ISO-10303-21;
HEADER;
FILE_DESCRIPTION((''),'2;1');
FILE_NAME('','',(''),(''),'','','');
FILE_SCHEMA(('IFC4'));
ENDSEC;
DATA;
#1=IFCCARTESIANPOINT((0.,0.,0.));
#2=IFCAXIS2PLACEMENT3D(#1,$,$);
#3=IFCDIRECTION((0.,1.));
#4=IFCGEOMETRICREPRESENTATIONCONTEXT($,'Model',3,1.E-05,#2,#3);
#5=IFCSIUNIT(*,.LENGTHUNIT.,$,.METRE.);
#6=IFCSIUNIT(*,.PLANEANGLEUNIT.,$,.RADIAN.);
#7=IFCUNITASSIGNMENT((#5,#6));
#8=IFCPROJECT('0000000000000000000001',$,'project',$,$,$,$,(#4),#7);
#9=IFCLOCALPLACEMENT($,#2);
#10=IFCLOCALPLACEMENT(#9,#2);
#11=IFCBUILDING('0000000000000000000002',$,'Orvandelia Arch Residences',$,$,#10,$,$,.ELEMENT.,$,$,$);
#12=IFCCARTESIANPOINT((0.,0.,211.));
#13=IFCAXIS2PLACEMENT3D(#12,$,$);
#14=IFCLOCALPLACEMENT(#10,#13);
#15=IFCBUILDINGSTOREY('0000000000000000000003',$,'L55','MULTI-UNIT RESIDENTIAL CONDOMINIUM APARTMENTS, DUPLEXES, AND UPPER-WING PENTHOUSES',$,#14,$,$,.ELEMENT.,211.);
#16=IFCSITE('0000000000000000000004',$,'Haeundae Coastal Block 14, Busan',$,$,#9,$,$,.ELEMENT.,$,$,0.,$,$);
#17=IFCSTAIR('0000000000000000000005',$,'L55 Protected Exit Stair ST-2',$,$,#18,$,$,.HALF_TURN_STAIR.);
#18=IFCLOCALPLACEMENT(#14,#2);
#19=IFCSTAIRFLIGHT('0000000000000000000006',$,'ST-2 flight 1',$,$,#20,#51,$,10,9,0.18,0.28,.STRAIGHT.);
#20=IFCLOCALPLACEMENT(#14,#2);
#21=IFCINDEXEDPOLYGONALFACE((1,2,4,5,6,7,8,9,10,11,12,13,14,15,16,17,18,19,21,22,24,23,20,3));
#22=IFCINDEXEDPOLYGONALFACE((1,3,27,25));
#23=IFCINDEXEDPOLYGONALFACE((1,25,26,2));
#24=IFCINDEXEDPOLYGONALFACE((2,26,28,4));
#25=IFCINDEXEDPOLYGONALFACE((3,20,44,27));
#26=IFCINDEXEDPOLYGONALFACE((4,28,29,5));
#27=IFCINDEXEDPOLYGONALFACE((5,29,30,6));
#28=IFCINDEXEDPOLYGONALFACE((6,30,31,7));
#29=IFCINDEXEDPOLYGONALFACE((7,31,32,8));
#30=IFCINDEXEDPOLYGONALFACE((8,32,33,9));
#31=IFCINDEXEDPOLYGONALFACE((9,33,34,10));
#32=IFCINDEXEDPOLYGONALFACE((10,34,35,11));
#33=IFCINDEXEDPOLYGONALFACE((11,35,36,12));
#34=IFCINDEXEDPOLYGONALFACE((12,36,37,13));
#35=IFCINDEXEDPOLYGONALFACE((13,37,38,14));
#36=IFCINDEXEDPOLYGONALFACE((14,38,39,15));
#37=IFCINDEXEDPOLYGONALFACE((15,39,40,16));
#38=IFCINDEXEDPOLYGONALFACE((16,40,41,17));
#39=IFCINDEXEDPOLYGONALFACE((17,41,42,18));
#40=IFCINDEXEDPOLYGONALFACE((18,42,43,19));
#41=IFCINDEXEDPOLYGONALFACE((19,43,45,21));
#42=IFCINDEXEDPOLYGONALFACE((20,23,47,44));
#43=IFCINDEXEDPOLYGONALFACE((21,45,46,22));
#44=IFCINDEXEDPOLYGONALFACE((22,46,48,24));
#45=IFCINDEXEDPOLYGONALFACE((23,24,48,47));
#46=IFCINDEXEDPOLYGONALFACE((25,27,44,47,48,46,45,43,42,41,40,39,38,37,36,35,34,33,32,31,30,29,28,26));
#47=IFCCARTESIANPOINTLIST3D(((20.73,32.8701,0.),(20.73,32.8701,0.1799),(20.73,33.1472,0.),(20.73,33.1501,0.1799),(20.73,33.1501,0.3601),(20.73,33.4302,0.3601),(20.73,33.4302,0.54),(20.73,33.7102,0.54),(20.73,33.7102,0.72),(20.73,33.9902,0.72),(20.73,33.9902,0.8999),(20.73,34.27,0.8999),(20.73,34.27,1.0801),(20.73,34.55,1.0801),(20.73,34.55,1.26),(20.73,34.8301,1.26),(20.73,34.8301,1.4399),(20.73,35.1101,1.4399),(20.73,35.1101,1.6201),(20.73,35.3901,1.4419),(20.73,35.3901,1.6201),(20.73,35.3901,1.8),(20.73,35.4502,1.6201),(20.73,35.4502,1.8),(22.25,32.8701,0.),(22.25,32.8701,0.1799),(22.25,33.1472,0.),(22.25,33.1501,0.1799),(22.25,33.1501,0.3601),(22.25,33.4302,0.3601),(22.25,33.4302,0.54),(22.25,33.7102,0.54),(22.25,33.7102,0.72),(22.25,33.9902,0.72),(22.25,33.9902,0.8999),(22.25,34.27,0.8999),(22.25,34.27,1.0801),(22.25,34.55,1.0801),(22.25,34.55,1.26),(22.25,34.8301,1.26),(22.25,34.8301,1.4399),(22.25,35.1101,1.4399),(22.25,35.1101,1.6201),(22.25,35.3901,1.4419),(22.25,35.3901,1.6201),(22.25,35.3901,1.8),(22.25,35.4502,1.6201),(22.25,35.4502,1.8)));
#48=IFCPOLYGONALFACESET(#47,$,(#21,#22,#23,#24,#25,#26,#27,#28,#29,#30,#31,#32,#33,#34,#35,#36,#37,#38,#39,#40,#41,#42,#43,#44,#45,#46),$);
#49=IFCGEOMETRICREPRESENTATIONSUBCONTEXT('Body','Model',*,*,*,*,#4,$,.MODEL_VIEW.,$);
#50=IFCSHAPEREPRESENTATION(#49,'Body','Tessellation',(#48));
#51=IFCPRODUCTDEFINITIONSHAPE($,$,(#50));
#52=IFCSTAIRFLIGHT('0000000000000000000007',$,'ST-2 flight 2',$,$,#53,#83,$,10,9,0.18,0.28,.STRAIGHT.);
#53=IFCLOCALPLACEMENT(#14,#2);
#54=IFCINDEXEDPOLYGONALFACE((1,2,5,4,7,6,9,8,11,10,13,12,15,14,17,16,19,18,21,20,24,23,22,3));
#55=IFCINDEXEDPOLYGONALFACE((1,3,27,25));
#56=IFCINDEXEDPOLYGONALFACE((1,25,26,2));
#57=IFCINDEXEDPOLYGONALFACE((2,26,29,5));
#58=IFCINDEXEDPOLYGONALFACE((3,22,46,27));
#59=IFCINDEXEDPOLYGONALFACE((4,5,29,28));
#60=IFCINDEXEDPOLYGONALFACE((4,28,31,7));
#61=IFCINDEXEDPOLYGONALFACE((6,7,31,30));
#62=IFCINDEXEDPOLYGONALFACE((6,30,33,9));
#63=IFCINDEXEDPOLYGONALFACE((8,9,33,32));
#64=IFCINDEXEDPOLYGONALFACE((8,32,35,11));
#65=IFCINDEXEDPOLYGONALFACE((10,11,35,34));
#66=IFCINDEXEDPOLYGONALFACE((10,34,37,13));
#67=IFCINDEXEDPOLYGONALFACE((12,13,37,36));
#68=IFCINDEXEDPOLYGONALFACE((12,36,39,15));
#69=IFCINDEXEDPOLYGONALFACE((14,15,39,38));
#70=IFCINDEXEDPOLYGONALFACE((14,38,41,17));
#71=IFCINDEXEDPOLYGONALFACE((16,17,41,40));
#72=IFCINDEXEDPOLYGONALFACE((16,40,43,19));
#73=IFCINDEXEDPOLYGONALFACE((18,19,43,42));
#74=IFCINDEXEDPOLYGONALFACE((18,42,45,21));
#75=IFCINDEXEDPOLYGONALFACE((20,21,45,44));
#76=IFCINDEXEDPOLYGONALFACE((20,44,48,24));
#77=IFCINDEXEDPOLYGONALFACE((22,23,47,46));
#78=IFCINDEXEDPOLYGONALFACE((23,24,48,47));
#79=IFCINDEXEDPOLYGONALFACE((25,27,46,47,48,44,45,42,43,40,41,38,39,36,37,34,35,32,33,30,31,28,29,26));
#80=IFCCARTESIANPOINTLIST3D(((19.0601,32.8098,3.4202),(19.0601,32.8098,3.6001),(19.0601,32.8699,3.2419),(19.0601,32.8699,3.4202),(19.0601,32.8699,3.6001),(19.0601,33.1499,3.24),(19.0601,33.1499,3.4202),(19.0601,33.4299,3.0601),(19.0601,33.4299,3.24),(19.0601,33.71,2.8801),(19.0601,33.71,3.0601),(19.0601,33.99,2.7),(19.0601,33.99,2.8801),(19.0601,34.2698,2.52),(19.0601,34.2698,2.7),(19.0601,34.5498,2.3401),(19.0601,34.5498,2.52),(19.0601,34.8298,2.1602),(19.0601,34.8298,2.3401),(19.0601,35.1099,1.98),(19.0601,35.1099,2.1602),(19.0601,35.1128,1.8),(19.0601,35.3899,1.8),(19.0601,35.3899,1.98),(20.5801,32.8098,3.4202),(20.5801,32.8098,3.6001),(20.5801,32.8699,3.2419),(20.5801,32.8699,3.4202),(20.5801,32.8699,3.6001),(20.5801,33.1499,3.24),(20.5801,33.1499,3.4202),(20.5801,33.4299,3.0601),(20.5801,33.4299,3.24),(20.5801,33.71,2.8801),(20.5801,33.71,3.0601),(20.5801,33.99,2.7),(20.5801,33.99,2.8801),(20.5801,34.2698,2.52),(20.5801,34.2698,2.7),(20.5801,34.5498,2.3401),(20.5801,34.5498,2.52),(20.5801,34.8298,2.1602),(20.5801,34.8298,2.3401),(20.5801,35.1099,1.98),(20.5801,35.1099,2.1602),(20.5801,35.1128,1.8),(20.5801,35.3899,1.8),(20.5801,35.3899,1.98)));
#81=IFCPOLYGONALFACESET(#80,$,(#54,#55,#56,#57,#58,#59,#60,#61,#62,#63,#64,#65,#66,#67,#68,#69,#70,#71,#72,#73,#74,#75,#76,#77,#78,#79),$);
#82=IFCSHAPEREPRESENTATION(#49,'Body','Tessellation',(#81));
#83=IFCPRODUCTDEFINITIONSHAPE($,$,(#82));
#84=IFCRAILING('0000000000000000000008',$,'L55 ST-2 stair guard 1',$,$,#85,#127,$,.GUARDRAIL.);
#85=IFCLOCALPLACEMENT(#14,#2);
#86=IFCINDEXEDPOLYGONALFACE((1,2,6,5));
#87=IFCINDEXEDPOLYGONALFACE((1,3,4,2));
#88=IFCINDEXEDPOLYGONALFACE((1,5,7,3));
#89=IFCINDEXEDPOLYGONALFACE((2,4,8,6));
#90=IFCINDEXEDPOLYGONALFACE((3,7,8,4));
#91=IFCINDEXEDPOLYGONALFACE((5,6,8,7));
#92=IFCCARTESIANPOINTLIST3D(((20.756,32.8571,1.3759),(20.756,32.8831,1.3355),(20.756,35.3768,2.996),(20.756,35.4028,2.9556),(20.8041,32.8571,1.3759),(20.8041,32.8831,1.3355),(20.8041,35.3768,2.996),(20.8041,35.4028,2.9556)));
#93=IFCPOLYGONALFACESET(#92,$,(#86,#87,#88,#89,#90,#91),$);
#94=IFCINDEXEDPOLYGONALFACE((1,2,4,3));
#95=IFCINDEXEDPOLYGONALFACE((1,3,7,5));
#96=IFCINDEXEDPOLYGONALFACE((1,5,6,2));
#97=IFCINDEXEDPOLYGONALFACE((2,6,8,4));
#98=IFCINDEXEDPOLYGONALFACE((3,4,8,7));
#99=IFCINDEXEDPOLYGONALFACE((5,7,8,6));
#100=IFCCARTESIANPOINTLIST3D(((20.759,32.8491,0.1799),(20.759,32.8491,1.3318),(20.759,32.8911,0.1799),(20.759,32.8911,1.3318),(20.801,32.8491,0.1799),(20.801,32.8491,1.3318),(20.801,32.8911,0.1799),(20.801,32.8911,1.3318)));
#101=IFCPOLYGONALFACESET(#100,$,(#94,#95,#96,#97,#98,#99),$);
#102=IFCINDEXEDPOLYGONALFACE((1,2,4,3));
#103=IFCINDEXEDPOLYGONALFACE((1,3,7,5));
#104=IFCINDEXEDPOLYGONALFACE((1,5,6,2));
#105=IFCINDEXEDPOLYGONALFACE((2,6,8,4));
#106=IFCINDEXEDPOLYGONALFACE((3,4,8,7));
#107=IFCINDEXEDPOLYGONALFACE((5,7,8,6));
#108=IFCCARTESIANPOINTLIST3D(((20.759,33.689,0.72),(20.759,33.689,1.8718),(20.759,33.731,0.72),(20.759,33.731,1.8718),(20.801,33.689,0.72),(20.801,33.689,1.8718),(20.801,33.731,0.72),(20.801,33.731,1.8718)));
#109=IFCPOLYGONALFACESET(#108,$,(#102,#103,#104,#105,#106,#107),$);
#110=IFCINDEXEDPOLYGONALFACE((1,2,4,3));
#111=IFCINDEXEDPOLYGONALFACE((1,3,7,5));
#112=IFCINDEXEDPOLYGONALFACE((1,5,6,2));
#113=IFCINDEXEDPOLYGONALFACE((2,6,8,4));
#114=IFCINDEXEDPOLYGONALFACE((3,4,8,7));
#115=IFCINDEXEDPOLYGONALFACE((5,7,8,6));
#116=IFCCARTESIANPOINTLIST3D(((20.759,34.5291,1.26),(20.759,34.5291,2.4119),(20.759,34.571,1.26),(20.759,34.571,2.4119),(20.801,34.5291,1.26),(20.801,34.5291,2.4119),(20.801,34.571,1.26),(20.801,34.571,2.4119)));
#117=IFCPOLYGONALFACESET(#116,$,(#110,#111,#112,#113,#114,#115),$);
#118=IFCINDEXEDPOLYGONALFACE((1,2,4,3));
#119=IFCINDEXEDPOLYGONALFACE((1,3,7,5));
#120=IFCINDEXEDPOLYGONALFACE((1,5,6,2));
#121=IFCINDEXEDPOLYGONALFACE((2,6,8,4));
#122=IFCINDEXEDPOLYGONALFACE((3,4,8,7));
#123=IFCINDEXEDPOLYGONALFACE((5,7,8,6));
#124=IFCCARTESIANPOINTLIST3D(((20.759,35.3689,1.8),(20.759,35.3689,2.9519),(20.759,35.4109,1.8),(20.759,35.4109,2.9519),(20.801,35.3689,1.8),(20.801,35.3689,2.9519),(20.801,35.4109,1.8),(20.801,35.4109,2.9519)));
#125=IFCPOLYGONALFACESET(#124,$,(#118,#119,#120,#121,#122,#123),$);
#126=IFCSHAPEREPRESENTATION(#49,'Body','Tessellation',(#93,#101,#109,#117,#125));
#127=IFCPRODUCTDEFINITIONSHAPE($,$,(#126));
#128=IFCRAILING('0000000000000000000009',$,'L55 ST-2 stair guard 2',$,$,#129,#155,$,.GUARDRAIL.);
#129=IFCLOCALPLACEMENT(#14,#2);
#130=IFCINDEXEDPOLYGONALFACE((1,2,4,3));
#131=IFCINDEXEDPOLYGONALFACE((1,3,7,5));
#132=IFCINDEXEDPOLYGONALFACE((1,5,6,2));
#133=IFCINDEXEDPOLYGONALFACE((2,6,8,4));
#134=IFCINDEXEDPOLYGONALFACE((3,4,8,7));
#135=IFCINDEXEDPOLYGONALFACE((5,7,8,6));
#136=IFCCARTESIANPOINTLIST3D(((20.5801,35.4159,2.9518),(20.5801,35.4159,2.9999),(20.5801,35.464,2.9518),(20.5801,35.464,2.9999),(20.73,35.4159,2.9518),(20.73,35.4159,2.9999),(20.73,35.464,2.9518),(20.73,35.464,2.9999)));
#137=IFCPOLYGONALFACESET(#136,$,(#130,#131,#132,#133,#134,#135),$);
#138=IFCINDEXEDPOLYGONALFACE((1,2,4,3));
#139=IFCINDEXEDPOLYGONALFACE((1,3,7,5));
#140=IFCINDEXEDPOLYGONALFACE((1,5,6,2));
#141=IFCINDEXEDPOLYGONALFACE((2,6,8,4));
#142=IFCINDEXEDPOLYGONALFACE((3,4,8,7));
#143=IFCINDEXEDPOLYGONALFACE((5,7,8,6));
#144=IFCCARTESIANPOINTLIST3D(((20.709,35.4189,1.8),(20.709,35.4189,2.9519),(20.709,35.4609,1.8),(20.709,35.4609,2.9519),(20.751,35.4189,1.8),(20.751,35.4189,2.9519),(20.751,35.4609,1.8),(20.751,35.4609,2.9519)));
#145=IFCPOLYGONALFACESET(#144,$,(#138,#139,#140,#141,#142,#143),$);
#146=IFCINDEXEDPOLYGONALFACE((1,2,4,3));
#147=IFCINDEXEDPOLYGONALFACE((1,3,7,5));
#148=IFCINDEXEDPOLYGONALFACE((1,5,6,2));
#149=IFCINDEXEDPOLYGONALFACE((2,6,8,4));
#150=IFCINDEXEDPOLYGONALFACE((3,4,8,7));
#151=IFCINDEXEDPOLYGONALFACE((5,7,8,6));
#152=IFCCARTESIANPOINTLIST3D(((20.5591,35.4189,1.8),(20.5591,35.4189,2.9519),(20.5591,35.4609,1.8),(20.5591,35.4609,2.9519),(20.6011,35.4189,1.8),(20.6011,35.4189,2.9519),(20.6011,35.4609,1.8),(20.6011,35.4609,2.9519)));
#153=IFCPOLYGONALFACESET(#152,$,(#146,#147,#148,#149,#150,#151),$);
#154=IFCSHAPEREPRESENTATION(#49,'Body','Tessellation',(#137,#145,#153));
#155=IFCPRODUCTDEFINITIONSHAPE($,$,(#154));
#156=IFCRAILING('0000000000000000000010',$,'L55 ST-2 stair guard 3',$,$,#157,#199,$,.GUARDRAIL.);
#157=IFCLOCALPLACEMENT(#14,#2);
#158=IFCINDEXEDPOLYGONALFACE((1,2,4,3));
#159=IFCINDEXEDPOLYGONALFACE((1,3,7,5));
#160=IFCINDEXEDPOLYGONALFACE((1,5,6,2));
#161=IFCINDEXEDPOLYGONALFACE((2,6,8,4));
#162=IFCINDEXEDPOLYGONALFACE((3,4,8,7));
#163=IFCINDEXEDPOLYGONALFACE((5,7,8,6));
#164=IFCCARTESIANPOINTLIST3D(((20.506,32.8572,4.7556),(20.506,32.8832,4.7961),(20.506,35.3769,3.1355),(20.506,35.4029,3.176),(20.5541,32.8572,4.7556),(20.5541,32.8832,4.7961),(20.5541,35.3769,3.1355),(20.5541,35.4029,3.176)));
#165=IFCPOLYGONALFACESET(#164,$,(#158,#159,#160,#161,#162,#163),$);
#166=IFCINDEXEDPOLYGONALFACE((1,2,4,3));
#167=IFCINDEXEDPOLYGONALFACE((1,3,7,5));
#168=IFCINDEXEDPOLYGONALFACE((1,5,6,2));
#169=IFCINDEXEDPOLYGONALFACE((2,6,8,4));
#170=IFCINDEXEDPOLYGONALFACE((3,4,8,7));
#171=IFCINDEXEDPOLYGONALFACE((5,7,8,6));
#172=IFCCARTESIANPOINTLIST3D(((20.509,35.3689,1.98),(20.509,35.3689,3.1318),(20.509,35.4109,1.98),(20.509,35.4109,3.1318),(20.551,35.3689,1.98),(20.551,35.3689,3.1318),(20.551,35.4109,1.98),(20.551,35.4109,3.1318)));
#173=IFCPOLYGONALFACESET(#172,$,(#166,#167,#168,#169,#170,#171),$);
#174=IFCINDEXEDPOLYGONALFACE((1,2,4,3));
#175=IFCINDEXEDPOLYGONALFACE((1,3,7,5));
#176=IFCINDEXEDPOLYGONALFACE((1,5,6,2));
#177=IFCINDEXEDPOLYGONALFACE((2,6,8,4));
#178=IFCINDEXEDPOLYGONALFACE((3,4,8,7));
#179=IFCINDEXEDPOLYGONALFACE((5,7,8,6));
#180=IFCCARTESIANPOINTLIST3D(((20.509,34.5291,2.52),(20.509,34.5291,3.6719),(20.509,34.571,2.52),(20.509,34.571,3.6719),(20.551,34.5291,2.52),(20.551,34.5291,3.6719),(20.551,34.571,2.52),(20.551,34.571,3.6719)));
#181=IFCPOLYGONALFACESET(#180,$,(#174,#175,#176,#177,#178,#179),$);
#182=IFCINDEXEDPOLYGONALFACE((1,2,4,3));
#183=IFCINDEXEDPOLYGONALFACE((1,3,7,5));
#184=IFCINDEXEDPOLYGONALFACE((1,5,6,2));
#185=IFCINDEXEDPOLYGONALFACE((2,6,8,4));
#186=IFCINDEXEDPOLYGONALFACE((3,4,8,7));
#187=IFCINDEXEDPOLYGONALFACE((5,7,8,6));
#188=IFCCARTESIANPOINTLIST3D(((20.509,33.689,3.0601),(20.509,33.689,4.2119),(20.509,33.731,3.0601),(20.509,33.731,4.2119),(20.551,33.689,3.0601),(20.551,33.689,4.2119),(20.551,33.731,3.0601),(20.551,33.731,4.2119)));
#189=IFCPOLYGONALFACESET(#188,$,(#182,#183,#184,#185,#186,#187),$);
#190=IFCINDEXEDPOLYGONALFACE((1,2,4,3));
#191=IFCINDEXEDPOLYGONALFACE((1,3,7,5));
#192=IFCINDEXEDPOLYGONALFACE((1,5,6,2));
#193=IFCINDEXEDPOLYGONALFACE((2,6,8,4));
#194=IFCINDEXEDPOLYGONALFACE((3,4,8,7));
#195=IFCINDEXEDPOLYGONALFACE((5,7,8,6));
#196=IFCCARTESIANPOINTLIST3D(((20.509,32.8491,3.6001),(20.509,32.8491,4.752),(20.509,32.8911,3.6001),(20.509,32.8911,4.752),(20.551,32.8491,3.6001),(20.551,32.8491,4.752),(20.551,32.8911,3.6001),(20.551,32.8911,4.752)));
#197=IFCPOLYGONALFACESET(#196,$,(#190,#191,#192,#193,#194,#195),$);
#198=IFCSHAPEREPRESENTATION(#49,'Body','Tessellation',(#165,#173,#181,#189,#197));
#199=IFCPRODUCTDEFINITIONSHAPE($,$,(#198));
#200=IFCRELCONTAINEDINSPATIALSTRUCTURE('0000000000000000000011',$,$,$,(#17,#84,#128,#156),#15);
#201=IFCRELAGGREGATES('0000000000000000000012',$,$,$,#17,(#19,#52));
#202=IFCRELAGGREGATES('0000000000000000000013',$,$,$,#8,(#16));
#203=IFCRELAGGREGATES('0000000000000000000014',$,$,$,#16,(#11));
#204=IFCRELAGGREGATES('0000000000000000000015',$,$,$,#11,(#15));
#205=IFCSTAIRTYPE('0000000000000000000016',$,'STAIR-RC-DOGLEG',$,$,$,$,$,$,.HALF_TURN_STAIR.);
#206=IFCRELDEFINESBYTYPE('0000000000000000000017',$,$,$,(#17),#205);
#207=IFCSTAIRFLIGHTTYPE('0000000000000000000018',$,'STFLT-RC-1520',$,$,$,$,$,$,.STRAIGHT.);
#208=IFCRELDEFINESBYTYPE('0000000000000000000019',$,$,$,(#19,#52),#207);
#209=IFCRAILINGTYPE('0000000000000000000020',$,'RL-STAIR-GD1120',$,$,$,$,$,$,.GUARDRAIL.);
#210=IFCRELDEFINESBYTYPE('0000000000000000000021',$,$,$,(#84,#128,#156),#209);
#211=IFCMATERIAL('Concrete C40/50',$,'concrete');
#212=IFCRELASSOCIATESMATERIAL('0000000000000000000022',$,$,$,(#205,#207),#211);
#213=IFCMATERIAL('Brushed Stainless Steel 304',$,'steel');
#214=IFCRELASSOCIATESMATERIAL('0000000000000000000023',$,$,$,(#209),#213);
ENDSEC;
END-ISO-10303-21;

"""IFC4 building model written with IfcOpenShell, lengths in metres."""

from ifc_helpers import new_model, si_unit, direction, frame, origin, origin_2d, place, context, subcontext, project, spatial, polyline, rectangle, outline, extrude, material, type_object, element, aggregate, save


model = new_model("IFC4")

# Units and contexts
model_context = context("Model", 3, precision=1e-05, world=origin(), true_north=direction((0.0, 1.0)))
body_context = subcontext(model_context, "Body", "Model", "MODEL_VIEW")
ifc_project = project(units=[si_unit("LENGTHUNIT", "METRE"), si_unit("PLANEANGLEUNIT", "RADIAN")], contexts=[model_context])

# Site, building, storey
site_placement = place(None, origin())
site = spatial("IfcSite", under=ifc_project, at=site_placement, Name="Haeundae Coastal Block 14, Busan", CompositionType="ELEMENT", RefElevation=0.0)
building_placement = place(site_placement, origin())
building = spatial("IfcBuilding", under=site, at=building_placement, Name="Orvandelia Arch Residences", CompositionType="ELEMENT")
storey_placement = place(building_placement, frame((0.0, 0.0, 211.0)))
storey = spatial("IfcBuildingStorey", under=building, at=storey_placement, Name="L55", Description="MULTI-UNIT RESIDENTIAL CONDOMINIUM APARTMENTS, DUPLEXES, AND UPPER-WING PENTHOUSES", CompositionType="ELEMENT", Elevation=211.0)

# Stair, stair flights
ifc_material_1 = material(Name="Concrete C40/50", Category="concrete")
stair_type = type_object("IfcStairType", Name="STAIR-RC-DOGLEG", PredefinedType="HALF_TURN_STAIR", material=ifc_material_1)
stair_placement = place(storey_placement, origin())
stair = element("IfcStair", 1, at=stair_placement, inside=storey, type_object=stair_type, Name="L55 Protected Exit Stair ST-2", PredefinedType="HALF_TURN_STAIR")
stair_flight_type = type_object("IfcStairFlightType", Name="STFLT-RC-1520", PredefinedType="STRAIGHT", material=ifc_material_1)
stair_flight_1_placement = place(storey_placement, frame((21.49, 32.8701, 0.0), z_axis=(0.0, 0.0, 1.0), x_axis=(0.0, 1.0, 0.0)))
stair_flight_1 = element("IfcStairFlight", 2, at=stair_flight_1_placement, type_object=stair_flight_type, Name="ST-2 flight 1", NumberOfRisers=10, NumberOfTreads=9, PredefinedType="STRAIGHT", RiserHeight=0.18, TreadLength=0.28, context=body_context, shape_type="SweptSolid", body=[
    extrude(outline(polyline([(0.0, 0.0), (0.0, 0.1799), (0.28, 0.1799), (0.28, 0.3601), (0.5601, 0.3601), (0.5601, 0.54), (0.8401, 0.54), (0.8401, 0.72), (1.1201, 0.72), (1.1201, 0.8999), (1.3999, 0.8999), (1.3999, 1.0801), (1.6799, 1.0801), (1.6799, 1.26), (1.96, 1.26), (1.96, 1.4399), (2.24, 1.4399), (2.24, 1.6201), (2.52, 1.6201), (2.52, 1.8), (2.5801, 1.8), (2.5801, 1.6201), (2.52, 1.4419), (0.2771, 0.0), (0.0, 0.0)])), frame((0.0, 0.76, 0.0), z_axis=(0.0, -1.0, 0.0), x_axis=(1.0, 0.0, 0.0)), (0.0, 0.0, 1.0), 1.52),
])
stair_flight_2_placement = place(storey_placement, frame((19.8201, 35.3899, 1.8), z_axis=(0.0, 0.0, 1.0), x_axis=(0.0, -1.0, 0.0)))
stair_flight_2 = element("IfcStairFlight", 3, at=stair_flight_2_placement, type_object=stair_flight_type, Name="ST-2 flight 2", NumberOfRisers=10, NumberOfTreads=9, PredefinedType="STRAIGHT", RiserHeight=0.18, TreadLength=0.28, context=body_context, shape_type="SweptSolid", body=[
    extrude(outline(polyline([(0.0, 0.0), (0.0, 0.1799), (0.28, 0.1799), (0.28, 0.3601), (0.5601, 0.3601), (0.5601, 0.54), (0.8401, 0.54), (0.8401, 0.72), (1.1201, 0.72), (1.1201, 0.8999), (1.3999, 0.8999), (1.3999, 1.0801), (1.6799, 1.0801), (1.6799, 1.26), (1.96, 1.26), (1.96, 1.4399), (2.24, 1.4399), (2.24, 1.6201), (2.52, 1.6201), (2.52, 1.8), (2.5801, 1.8), (2.5801, 1.6201), (2.52, 1.4419), (0.2771, 0.0), (0.0, 0.0)])), frame((0.0, 0.76, 0.0), z_axis=(0.0, -1.0, 0.0), x_axis=(1.0, 0.0, 0.0)), (0.0, 0.0, 1.0), 1.52),
])
aggregate(stair, [stair_flight_1, stair_flight_2])

# Railings
ifc_material_2 = material(Name="Brushed Stainless Steel 304", Category="steel")
railing_type_1 = type_object("IfcRailingType", Name="RL-STAIR-GD1120", PredefinedType="GUARDRAIL", material=ifc_material_2)
railing_1_placement = place(storey_placement, frame((20.78, 32.8701, 0.1799)))
element("IfcRailing", 4, at=railing_1_placement, inside=storey, type_object=railing_type_1, Name="L55 ST-2 stair guard 1", PredefinedType="GUARDRAIL", context=body_context, shape_type="SweptSolid", body=[
    extrude(rectangle(XDim=0.0481, YDim=0.0481, at=origin_2d()), frame((0.0, 0.0, 1.1758), z_axis=(0.0, 0.841139, 0.540819), x_axis=(-1.0, 0.0, 0.0)), (0.0, 0.0, 1.0), 2.9956),
    extrude(rectangle(XDim=0.042, YDim=0.042, at=origin_2d()), origin(), (0.0, 0.0, 1.0), 1.1519),
    extrude(rectangle(XDim=0.042, YDim=0.042, at=origin_2d()), frame((0.0, 0.8398, 0.54)), (0.0, 0.0, 1.0), 1.1519),
    extrude(rectangle(XDim=0.042, YDim=0.042, at=origin_2d()), frame((0.0, 1.6799, 1.0801)), (0.0, 0.0, 1.0), 1.1519),
    extrude(rectangle(XDim=0.042, YDim=0.042, at=origin_2d()), frame((0.0, 2.5198, 1.6201)), (0.0, 0.0, 1.0), 1.1519),
])
railing_2_placement = place(storey_placement, frame((20.73, 35.4399, 1.8)))
element("IfcRailing", 5, at=railing_2_placement, inside=storey, type_object=railing_type_1, Name="L55 ST-2 stair guard 2", PredefinedType="GUARDRAIL", context=body_context, shape_type="SweptSolid", body=[
    extrude(rectangle(XDim=0.0481, YDim=0.0481, at=origin_2d()), frame((0.0, 0.0, 1.1758), z_axis=(-1.0, 0.0, 0.0), x_axis=(0.0, -1.0, 0.0)), (0.0, 0.0, 1.0), 0.1499),
    extrude(rectangle(XDim=0.042, YDim=0.042, at=origin_2d()), origin(), (0.0, 0.0, 1.0), 1.1519),
    extrude(rectangle(XDim=0.042, YDim=0.042, at=origin_2d()), frame((-0.1499, 0.0, 0.0)), (0.0, 0.0, 1.0), 1.1519),
])
railing_3_placement = place(storey_placement, frame((20.53, 35.3899, 1.98)))
element("IfcRailing", 6, at=railing_3_placement, inside=storey, type_object=railing_type_1, Name="L55 ST-2 stair guard 3", PredefinedType="GUARDRAIL", context=body_context, shape_type="SweptSolid", body=[
    extrude(rectangle(XDim=0.0481, YDim=0.0481, at=origin_2d()), frame((0.0, 0.0, 1.1758), z_axis=(0.0, -0.841139, 0.540819), x_axis=(1.0, 0.0, 0.0)), (0.0, 0.0, 1.0), 2.9956),
    extrude(rectangle(XDim=0.042, YDim=0.042, at=origin_2d()), origin(), (0.0, 0.0, 1.0), 1.1519),
    extrude(rectangle(XDim=0.042, YDim=0.042, at=origin_2d()), frame((0.0, -0.8398, 0.54)), (0.0, 0.0, 1.0), 1.1519),
    extrude(rectangle(XDim=0.042, YDim=0.042, at=origin_2d()), frame((0.0, -1.6799, 1.0801)), (0.0, 0.0, 1.0), 1.1519),
    extrude(rectangle(XDim=0.042, YDim=0.042, at=origin_2d()), frame((0.0, -2.5198, 1.6201)), (0.0, 0.0, 1.0), 1.1519),
])

save(model, "model.ifc")
